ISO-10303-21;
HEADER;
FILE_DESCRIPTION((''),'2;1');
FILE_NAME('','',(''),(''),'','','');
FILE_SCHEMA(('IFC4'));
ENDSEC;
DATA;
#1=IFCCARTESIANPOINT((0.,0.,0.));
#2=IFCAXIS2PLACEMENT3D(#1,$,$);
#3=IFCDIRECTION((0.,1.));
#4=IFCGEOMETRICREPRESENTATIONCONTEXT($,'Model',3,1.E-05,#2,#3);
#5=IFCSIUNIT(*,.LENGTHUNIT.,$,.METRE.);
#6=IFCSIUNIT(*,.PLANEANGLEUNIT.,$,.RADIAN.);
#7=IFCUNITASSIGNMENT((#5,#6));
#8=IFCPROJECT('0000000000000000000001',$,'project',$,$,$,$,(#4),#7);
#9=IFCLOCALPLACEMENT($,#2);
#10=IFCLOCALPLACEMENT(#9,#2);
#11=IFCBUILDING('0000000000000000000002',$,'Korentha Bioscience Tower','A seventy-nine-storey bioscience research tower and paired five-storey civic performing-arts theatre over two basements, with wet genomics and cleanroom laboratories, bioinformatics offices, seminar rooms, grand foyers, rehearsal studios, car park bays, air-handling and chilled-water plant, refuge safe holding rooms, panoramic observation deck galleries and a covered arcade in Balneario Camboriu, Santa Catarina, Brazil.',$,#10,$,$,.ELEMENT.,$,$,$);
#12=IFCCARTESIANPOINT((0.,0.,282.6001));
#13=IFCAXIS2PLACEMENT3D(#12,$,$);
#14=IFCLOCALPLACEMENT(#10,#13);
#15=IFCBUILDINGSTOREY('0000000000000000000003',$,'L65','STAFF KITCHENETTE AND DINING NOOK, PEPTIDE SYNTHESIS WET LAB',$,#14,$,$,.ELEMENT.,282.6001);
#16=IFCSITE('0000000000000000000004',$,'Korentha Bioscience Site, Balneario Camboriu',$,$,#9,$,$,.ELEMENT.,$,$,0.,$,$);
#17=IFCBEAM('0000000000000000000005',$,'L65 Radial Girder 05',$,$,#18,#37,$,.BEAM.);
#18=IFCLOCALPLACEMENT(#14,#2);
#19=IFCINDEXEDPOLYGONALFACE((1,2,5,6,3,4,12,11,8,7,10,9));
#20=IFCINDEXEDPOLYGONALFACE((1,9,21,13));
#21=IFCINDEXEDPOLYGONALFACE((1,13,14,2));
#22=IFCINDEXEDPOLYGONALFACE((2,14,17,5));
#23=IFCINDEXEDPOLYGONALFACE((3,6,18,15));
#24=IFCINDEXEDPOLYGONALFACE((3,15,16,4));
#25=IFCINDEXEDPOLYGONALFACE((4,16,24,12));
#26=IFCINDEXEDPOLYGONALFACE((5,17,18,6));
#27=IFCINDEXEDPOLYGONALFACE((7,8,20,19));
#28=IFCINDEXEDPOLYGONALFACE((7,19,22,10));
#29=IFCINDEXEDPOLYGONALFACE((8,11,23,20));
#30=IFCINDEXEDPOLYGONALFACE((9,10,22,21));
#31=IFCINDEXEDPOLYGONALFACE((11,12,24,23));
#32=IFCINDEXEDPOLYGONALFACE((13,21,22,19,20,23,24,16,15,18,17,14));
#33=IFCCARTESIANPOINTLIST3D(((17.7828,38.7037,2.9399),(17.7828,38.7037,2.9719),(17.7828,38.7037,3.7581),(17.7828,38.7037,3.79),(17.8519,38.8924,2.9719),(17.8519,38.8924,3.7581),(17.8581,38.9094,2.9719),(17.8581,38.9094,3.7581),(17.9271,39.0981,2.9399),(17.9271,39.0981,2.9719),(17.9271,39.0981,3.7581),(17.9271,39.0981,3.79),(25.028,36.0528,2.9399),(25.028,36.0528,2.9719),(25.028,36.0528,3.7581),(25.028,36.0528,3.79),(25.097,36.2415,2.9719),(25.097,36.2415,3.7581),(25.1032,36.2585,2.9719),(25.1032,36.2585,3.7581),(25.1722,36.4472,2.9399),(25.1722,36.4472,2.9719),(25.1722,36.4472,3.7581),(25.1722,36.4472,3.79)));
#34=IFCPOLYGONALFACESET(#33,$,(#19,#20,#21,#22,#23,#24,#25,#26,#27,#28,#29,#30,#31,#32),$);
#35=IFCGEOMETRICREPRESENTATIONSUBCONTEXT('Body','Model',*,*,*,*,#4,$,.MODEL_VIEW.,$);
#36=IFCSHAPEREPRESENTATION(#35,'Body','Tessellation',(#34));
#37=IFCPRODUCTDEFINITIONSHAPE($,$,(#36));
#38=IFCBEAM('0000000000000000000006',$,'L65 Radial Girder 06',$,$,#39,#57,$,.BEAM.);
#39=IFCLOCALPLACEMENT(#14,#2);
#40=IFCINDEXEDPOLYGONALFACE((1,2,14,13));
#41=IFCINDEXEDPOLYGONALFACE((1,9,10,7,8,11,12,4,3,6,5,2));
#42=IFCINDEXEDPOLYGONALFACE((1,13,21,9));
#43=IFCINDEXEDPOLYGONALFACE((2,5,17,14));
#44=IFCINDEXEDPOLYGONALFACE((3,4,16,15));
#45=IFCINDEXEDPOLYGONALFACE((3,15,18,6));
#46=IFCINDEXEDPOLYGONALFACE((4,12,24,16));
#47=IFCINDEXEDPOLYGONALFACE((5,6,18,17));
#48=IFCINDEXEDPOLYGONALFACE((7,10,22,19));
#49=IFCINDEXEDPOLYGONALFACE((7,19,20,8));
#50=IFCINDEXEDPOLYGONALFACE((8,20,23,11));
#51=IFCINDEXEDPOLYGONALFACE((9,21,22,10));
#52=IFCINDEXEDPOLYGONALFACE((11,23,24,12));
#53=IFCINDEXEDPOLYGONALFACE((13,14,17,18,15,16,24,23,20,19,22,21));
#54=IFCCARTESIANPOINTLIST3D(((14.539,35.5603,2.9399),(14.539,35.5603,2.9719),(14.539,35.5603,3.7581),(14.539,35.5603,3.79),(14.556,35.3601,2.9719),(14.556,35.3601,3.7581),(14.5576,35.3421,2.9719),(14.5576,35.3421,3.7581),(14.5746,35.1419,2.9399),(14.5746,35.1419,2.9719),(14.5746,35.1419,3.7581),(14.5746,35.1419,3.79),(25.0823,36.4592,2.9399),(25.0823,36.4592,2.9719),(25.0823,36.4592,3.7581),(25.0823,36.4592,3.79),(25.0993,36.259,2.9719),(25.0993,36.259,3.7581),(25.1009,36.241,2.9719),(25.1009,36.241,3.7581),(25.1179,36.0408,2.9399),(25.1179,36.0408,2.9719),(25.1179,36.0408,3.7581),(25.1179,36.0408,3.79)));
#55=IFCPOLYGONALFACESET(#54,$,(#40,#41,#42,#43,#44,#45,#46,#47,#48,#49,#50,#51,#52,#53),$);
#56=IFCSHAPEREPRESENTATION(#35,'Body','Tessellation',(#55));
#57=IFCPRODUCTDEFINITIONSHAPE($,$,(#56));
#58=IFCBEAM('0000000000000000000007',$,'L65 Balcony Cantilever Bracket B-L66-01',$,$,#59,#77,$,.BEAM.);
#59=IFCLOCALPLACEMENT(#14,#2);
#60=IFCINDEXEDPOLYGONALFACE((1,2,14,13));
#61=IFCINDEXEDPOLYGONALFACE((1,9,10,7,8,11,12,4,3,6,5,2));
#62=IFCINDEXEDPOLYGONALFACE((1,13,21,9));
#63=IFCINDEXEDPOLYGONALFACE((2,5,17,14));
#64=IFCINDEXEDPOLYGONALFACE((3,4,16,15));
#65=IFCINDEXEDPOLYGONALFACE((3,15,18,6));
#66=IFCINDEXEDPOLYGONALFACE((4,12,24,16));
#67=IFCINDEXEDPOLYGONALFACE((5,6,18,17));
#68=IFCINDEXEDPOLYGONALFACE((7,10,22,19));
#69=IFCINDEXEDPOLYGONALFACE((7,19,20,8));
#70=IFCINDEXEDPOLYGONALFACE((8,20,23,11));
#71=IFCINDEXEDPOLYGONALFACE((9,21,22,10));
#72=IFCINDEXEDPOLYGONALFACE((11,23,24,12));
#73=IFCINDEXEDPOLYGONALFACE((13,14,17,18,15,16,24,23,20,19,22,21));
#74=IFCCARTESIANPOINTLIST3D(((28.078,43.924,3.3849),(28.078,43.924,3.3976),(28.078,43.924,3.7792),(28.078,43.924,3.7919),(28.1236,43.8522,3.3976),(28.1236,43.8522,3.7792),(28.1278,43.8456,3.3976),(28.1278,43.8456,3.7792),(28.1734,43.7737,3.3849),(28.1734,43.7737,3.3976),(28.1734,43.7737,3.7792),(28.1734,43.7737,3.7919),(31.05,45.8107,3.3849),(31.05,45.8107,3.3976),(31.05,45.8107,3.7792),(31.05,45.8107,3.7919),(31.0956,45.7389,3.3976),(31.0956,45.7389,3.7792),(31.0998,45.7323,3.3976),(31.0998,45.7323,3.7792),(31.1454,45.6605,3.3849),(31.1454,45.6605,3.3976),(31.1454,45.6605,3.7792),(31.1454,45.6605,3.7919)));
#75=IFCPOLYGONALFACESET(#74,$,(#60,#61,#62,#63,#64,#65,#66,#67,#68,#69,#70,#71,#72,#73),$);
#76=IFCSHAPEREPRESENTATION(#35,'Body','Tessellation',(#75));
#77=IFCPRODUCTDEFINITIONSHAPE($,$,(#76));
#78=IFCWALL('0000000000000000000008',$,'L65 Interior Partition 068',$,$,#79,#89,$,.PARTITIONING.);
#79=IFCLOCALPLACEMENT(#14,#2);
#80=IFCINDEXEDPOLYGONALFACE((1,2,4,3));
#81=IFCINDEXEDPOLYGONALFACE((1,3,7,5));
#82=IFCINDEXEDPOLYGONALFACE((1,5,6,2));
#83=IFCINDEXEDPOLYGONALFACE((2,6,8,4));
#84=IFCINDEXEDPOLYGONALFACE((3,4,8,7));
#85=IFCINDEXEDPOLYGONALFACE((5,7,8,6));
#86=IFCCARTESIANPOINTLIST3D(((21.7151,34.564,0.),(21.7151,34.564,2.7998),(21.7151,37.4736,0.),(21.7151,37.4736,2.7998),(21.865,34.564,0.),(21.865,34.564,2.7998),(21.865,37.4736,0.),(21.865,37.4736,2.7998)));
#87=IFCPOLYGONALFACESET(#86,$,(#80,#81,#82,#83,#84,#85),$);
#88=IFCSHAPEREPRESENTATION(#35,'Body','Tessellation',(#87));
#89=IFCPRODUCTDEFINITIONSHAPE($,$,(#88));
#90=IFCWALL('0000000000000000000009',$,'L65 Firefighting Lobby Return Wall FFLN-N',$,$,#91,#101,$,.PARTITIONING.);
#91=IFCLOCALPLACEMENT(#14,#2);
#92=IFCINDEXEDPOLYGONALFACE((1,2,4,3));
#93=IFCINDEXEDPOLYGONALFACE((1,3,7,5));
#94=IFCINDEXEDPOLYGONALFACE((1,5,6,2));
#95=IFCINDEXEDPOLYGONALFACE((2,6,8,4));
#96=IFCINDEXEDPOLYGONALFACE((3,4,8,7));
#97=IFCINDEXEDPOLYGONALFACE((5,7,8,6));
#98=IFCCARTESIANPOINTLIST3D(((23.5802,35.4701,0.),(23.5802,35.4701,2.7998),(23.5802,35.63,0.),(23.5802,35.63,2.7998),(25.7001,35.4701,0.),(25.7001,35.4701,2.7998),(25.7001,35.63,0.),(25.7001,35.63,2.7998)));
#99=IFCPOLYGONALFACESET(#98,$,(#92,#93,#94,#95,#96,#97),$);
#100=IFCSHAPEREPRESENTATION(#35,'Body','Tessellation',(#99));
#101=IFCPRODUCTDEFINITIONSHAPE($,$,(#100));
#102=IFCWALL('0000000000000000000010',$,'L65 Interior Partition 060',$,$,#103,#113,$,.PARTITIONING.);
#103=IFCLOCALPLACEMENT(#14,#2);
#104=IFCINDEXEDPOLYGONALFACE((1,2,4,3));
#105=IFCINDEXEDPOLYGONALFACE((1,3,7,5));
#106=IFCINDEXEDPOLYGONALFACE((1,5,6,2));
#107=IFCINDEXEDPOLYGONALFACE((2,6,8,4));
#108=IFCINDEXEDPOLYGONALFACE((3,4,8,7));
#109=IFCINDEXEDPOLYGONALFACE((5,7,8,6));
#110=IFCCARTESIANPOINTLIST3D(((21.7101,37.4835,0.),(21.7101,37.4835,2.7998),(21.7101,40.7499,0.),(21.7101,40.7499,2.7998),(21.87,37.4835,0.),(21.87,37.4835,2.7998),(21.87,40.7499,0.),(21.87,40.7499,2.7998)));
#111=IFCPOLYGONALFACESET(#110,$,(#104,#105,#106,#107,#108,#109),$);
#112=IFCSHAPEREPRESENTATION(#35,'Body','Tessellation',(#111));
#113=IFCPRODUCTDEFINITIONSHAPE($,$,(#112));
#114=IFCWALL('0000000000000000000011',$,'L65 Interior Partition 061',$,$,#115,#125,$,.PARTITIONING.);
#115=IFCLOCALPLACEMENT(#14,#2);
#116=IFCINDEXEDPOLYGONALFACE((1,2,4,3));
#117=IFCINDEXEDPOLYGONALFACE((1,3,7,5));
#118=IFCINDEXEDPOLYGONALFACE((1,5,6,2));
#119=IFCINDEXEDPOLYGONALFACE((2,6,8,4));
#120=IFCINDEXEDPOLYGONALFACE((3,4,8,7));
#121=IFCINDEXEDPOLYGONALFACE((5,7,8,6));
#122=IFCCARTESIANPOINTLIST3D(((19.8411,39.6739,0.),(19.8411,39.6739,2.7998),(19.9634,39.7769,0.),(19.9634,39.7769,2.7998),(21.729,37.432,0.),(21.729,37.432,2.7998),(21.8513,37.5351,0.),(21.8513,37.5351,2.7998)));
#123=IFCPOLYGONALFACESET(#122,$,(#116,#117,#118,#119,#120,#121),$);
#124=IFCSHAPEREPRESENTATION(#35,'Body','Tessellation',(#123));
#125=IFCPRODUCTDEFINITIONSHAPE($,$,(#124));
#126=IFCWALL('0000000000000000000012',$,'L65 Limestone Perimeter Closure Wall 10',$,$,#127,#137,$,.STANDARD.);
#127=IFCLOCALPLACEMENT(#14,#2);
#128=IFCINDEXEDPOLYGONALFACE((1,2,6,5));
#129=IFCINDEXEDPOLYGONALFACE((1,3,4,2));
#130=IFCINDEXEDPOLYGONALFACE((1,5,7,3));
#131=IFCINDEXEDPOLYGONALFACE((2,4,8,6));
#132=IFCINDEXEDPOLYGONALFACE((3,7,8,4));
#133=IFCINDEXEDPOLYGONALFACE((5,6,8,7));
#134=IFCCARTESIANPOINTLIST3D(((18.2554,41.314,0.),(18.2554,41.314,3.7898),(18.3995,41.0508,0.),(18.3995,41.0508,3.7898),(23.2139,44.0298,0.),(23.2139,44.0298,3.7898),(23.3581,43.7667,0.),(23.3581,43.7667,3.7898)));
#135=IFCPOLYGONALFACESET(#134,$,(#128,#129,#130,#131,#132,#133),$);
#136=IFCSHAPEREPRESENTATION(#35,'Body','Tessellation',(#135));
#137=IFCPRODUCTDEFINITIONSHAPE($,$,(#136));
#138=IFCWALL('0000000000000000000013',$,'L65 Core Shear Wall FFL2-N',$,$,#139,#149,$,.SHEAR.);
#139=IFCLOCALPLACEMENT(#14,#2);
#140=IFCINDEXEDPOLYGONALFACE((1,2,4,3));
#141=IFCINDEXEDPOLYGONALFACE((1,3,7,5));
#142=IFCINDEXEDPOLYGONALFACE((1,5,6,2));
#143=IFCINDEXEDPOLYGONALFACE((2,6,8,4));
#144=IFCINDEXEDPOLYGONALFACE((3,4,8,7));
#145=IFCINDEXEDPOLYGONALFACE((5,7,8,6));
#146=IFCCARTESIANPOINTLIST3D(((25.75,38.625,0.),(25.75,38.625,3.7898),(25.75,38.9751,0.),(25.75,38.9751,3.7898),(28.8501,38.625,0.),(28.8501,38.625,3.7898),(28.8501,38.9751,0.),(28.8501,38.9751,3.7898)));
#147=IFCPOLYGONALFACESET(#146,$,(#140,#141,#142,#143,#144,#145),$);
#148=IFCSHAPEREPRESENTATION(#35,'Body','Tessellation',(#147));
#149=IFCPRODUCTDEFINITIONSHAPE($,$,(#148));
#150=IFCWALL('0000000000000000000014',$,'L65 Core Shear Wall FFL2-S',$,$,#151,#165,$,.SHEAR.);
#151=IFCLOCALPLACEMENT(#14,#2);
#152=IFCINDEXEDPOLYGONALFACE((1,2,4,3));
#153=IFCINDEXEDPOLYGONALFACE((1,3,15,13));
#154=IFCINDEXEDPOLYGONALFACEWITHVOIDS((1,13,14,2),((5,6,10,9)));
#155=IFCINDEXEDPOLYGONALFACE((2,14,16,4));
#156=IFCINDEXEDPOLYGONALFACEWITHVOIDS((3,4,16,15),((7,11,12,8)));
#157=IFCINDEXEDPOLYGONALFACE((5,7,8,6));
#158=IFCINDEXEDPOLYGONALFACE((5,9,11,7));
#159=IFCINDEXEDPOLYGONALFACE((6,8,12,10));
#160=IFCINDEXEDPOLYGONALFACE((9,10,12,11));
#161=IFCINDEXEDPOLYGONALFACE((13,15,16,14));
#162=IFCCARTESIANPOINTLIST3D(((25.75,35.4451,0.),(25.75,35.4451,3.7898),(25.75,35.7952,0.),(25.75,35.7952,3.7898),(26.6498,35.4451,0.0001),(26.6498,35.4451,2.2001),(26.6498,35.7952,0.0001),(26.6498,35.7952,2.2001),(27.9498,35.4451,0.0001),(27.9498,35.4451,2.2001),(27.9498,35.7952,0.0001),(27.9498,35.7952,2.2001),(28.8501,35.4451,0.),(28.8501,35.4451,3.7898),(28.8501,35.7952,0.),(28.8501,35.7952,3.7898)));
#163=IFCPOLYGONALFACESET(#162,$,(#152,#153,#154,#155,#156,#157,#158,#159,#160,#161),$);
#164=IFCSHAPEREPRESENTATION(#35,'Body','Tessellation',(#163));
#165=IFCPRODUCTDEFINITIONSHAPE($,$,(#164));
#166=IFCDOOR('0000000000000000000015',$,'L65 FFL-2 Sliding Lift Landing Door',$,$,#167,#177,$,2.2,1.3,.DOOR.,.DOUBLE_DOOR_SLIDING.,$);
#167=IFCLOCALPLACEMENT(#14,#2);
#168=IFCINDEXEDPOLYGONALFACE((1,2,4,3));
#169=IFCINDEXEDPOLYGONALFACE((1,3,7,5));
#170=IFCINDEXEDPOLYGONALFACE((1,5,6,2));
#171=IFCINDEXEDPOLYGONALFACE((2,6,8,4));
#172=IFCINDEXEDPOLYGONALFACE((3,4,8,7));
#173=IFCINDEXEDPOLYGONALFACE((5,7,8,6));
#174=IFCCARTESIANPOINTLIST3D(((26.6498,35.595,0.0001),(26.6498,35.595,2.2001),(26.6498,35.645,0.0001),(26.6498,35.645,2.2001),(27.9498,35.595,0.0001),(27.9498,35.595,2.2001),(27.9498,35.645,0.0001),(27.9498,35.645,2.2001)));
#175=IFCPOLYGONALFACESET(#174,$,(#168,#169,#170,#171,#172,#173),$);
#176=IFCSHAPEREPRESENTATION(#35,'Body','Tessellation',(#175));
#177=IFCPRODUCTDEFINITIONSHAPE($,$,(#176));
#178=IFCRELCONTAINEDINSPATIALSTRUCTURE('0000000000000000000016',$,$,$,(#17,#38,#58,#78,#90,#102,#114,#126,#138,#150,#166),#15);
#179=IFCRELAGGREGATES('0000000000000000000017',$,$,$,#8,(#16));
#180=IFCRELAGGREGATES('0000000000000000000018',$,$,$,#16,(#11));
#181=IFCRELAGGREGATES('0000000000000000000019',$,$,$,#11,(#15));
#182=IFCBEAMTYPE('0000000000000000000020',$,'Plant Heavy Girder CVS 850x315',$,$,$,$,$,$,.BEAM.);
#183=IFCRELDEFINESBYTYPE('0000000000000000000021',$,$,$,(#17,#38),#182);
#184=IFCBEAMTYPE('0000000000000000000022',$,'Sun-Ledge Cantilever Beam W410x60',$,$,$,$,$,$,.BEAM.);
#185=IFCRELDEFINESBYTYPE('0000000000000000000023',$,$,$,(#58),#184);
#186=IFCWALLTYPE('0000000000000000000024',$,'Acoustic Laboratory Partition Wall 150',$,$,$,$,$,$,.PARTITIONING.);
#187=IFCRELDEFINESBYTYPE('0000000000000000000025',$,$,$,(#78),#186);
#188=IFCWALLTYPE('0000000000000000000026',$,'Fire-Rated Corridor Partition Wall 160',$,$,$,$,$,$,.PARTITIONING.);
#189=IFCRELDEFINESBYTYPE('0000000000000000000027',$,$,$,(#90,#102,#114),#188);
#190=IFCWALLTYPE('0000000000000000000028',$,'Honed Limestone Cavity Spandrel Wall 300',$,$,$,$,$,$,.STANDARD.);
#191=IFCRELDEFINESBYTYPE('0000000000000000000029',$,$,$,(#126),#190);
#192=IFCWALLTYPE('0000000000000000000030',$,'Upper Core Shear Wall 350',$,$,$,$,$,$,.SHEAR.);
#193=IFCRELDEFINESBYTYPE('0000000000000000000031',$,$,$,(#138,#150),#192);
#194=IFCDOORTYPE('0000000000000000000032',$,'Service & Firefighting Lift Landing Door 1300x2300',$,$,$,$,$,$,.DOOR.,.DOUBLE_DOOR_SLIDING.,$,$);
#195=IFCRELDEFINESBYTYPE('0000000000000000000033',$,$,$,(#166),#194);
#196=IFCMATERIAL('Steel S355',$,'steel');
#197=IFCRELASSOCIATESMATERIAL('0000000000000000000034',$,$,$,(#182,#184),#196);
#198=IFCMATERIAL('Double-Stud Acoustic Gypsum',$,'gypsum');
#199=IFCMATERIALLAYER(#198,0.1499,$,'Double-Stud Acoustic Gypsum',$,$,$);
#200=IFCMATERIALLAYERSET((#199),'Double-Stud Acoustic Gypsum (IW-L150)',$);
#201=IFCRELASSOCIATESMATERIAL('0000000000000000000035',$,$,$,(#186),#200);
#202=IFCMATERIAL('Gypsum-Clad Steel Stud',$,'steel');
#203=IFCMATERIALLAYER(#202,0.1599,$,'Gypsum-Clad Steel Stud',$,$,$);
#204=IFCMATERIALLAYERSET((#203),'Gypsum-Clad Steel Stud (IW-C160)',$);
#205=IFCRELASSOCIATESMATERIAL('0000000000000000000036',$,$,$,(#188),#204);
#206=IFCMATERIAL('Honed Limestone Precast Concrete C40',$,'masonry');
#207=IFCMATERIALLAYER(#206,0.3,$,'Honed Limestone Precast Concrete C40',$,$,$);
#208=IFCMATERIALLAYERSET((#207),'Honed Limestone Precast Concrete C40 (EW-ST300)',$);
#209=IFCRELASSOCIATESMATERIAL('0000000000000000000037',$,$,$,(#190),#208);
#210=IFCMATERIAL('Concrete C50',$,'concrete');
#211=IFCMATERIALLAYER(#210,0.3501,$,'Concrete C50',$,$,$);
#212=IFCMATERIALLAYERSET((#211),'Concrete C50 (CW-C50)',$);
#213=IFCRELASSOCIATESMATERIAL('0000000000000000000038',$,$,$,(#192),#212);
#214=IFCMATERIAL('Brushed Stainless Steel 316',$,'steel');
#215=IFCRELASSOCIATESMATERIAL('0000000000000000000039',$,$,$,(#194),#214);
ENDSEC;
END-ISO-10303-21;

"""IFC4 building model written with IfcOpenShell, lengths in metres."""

from ifc_helpers import new_model, si_unit, direction, frame, frame_2d, origin, origin_2d, place, context, subcontext, project, spatial, rectangle, i_section, extrude, material, layer, layer_set, material_profile, profile_set, type_object, element, fill, save


model = new_model("IFC4")

# Units and contexts
model_context = context("Model", 3, precision=1e-05, world=origin(), true_north=direction((0.0, 1.0)))
body_context = subcontext(model_context, "Body", "Model", "MODEL_VIEW")
ifc_project = project(units=[si_unit("LENGTHUNIT", "METRE"), si_unit("PLANEANGLEUNIT", "RADIAN")], contexts=[model_context])

# Site, building, storey
site_placement = place(None, origin())
site = spatial("IfcSite", under=ifc_project, at=site_placement, Name="Korentha Bioscience Site, Balneario Camboriu", CompositionType="ELEMENT", RefElevation=0.0)
building_placement = place(site_placement, origin())
building = spatial("IfcBuilding", under=site, at=building_placement, Name="Korentha Bioscience Tower", Description="A seventy-nine-storey bioscience research tower and paired five-storey civic performing-arts theatre over two basements, with wet genomics and cleanroom laboratories, bioinformatics offices, seminar rooms, grand foyers, rehearsal studios, car park bays, air-handling and chilled-water plant, refuge safe holding rooms, panoramic observation deck galleries and a covered arcade in Balneario Camboriu, Santa Catarina, Brazil.", CompositionType="ELEMENT")
storey_placement = place(building_placement, frame((0.0, 0.0, 282.6001)))
storey = spatial("IfcBuildingStorey", under=building, at=storey_placement, Name="L65", Description="STAFF KITCHENETTE AND DINING NOOK, PEPTIDE SYNTHESIS WET LAB", CompositionType="ELEMENT", Elevation=282.6001)

# Shared definitions
ifc_material_1 = material(Name="Concrete C50", Category="concrete")

# Shared definitions
ifc_material_2 = material(Name="Steel S355", Category="steel")

# Beams
ifc_material_profile_1 = material_profile(ifc_material_2, i_section(OverallWidth=0.4199, OverallDepth=0.8501, WebThickness=0.0181, FlangeThickness=0.032, at=origin_2d()), Name="Steel S355")
ifc_profile_set_1 = profile_set([ifc_material_profile_1], Name="Steel S355 (MB-850)")
beam_type_1 = type_object("IfcBeamType", Name="Plant Heavy Girder CVS 850x315", PredefinedType="BEAM", material=ifc_profile_set_1)
beam_1_placement = place(storey_placement, frame((25.1001, 36.25, 3.365), z_axis=(-0.939113, 0.343607, 0.0), x_axis=(-0.343607, -0.939113, 0.0)))
element("IfcBeam", 1, at=beam_1_placement, inside=storey, type_object=beam_type_1, Name="L65 Radial Girder 05", PredefinedType="BEAM", context=body_context, shape_type="SweptSolid", body=[
    extrude(i_section(OverallWidth=0.4199, OverallDepth=0.8501, WebThickness=0.0181, FlangeThickness=0.032, at=origin_2d()), origin(), (0.0, 0.0, 1.0), 7.7148),
])
beam_2_placement = place(storey_placement, frame((25.1001, 36.25, 3.365), z_axis=(-0.996385, -0.084953, 0.0), x_axis=(0.084953, -0.996385, 0.0)))
element("IfcBeam", 2, at=beam_2_placement, inside=storey, type_object=beam_type_1, Name="L65 Radial Girder 06", PredefinedType="BEAM", context=body_context, shape_type="SweptSolid", body=[
    extrude(i_section(OverallWidth=0.4199, OverallDepth=0.8501, WebThickness=0.0181, FlangeThickness=0.032, at=origin_2d()), origin(), (0.0, 0.0, 1.0), 10.5815),
])
ifc_material_profile_2 = material_profile(ifc_material_2, i_section(OverallWidth=0.178, OverallDepth=0.407, WebThickness=0.0078, FlangeThickness=0.0127, at=origin_2d()), Name="Steel S355")
ifc_profile_set_2 = profile_set([ifc_material_profile_2], Name="Steel S355 (CB-410)")
beam_type_2 = type_object("IfcBeamType", Name="Sun-Ledge Cantilever Beam W410x60", PredefinedType="BEAM", material=ifc_profile_set_2)
beam_3_placement = place(storey_placement, frame((28.1257, 43.8489, 3.5884), z_axis=(0.844241, 0.535964, 0.0), x_axis=(-0.535964, 0.844241, 0.0)))
element("IfcBeam", 3, at=beam_3_placement, inside=storey, type_object=beam_type_2, Name="L65 Balcony Cantilever Bracket B-L66-01", PredefinedType="BEAM", context=body_context, shape_type="SweptSolid", body=[
    extrude(i_section(OverallWidth=0.178, OverallDepth=0.407, WebThickness=0.0078, FlangeThickness=0.0127, at=origin_2d()), origin(), (0.0, 0.0, 1.0), 3.5203),
])

# Walls
ifc_material_3 = material(Name="Double-Stud Acoustic Gypsum", Category="gypsum")
ifc_layer_1 = layer(ifc_material_3, 0.1499, Name="Double-Stud Acoustic Gypsum")
ifc_layer_set_1 = layer_set([ifc_layer_1], Name="Double-Stud Acoustic Gypsum (IW-L150)")
wall_type_1 = type_object("IfcWallType", Name="Acoustic Laboratory Partition Wall 150", PredefinedType="PARTITIONING", material=ifc_layer_set_1)
wall_1_placement = place(storey_placement, frame((21.79, 37.4736, 0.0), z_axis=(0.0, 0.0, 1.0), x_axis=(0.0, -1.0, 0.0)))
element("IfcWall", 4, at=wall_1_placement, inside=storey, type_object=wall_type_1, Name="L65 Interior Partition 068", PredefinedType="PARTITIONING", context=body_context, shape_type="SweptSolid", body=[
    extrude(rectangle(XDim=2.9097, YDim=0.1499, at=frame_2d((1.4548, 0.0))), origin(), (0.0, 0.0, 1.0), 2.7998),
])
ifc_material_4 = material(Name="Gypsum-Clad Steel Stud", Category="steel")
ifc_layer_2 = layer(ifc_material_4, 0.1599, Name="Gypsum-Clad Steel Stud")
ifc_layer_set_2 = layer_set([ifc_layer_2], Name="Gypsum-Clad Steel Stud (IW-C160)")
wall_type_2 = type_object("IfcWallType", Name="Fire-Rated Corridor Partition Wall 160", PredefinedType="PARTITIONING", material=ifc_layer_set_2)
wall_2_placement = place(storey_placement, frame((23.5801, 35.55, 0.0), z_axis=(0.0, 0.0, 1.0), x_axis=(1.0, 0.0, 0.0)))
element("IfcWall", 5, at=wall_2_placement, inside=storey, type_object=wall_type_2, Name="L65 Firefighting Lobby Return Wall FFLN-N", PredefinedType="PARTITIONING", context=body_context, shape_type="SweptSolid", body=[
    extrude(rectangle(XDim=2.1199, YDim=0.1599, at=frame_2d((1.0601, 0.0))), origin(), (0.0, 0.0, 1.0), 2.7998),
])
wall_3_placement = place(storey_placement, frame((21.79, 40.75, 0.0), z_axis=(0.0, 0.0, 1.0), x_axis=(0.0, -1.0, 0.0)))
element("IfcWall", 6, at=wall_3_placement, inside=storey, type_object=wall_type_2, Name="L65 Interior Partition 060", PredefinedType="PARTITIONING", context=body_context, shape_type="SweptSolid", body=[
    extrude(rectangle(XDim=3.2664, YDim=0.1599, at=frame_2d((1.6333, 0.0))), origin(), (0.0, 0.0, 1.0), 2.7998),
])
wall_4_placement = place(storey_placement, frame((21.79, 37.4836, 0.0), z_axis=(0.0, 0.0, 1.0), x_axis=(-0.644133, 0.764913, 0.0)))
element("IfcWall", 7, at=wall_4_placement, inside=storey, type_object=wall_type_2, Name="L65 Interior Partition 061", PredefinedType="PARTITIONING", context=body_context, shape_type="SweptSolid", body=[
    extrude(rectangle(XDim=2.9309, YDim=0.1599, at=frame_2d((1.4653, 0.0))), origin(), (0.0, 0.0, 1.0), 2.7998),
])
ifc_material_5 = material(Name="Honed Limestone Precast Concrete C40", Category="masonry")
ifc_layer_3 = layer(ifc_material_5, 0.3, Name="Honed Limestone Precast Concrete C40")
ifc_layer_set_3 = layer_set([ifc_layer_3], Name="Honed Limestone Precast Concrete C40 (EW-ST300)")
wall_type_3 = type_object("IfcWallType", Name="Honed Limestone Cavity Spandrel Wall 300", PredefinedType="STANDARD", material=ifc_layer_set_3)
wall_5_placement = place(storey_placement, frame((23.2859, 43.8982, 0.0), z_axis=(0.0, 0.0, 1.0), x_axis=(-0.877062, -0.480376, 0.0)))
element("IfcWall", 8, at=wall_5_placement, inside=storey, type_object=wall_type_3, Name="L65 Limestone Perimeter Closure Wall 10", PredefinedType="STANDARD", context=body_context, shape_type="SweptSolid", body=[
    extrude(rectangle(XDim=5.6536, YDim=0.3, at=frame_2d((2.8267, 0.0))), origin(), (0.0, 0.0, 1.0), 3.7898),
])
ifc_layer_4 = layer(ifc_material_1, 0.3501, Name="Concrete C50")
ifc_layer_set_4 = layer_set([ifc_layer_4], Name="Concrete C50 (CW-C50)")
wall_type_4 = type_object("IfcWallType", Name="Upper Core Shear Wall 350", PredefinedType="SHEAR", material=ifc_layer_set_4)
wall_6_placement = place(storey_placement, frame((25.75, 38.8, 0.0), z_axis=(0.0, 0.0, 1.0), x_axis=(1.0, 0.0, 0.0)))
element("IfcWall", 9, at=wall_6_placement, inside=storey, type_object=wall_type_4, Name="L65 Core Shear Wall FFL2-N", PredefinedType="SHEAR", context=body_context, shape_type="SweptSolid", body=[
    extrude(rectangle(XDim=3.1001, YDim=0.3501, at=frame_2d((1.55, 0.0))), origin(), (0.0, 0.0, 1.0), 3.7898),
])

# Wall, opening, door
wall_7_placement = place(storey_placement, frame((25.75, 35.6201, 0.0), z_axis=(0.0, 0.0, 1.0), x_axis=(1.0, 0.0, 0.0)))
wall_7 = element("IfcWall", 10, at=wall_7_placement, inside=storey, type_object=wall_type_4, Name="L65 Core Shear Wall FFL2-S", PredefinedType="SHEAR", context=body_context, shape_type="SweptSolid", body=[
    extrude(rectangle(XDim=3.1001, YDim=0.3501, at=frame_2d((1.55, 0.0))), origin(), (0.0, 0.0, 1.0), 3.7898),
])
opening_placement = place(wall_7_placement, frame((0.8999, 0.0, 0.0)))
opening = element("IfcOpeningElement", 11, at=opening_placement, cuts=wall_7, PredefinedType="OPENING", context=body_context, shape_type="SweptSolid", body=[
    extrude(rectangle(XDim=1.3, YDim=2.2, at=frame_2d((0.6499, 1.1001))), frame((0.0, 0.1899, 0.0), z_axis=(0.0, -1.0, 0.0), x_axis=(1.0, 0.0, 0.0)), (0.0, 0.0, 1.0), 0.3799),
])
ifc_material_6 = material(Name="Brushed Stainless Steel 316", Category="steel")
door_type = type_object("IfcDoorType", Name="Service & Firefighting Lift Landing Door 1300x2300", OperationType="DOUBLE_DOOR_SLIDING", PredefinedType="DOOR", material=ifc_material_6)
door_placement = place(opening_placement, origin())
door = element("IfcDoor", 12, at=door_placement, inside=storey, type_object=door_type, Name="L65 FFL-2 Sliding Lift Landing Door", OperationType="DOUBLE_DOOR_SLIDING", OverallHeight=2.2, OverallWidth=1.3, PredefinedType="DOOR", context=body_context, shape_type="SweptSolid", body=[
    extrude(rectangle(XDim=1.3, YDim=2.2, at=frame_2d((0.6499, 1.1001))), frame((0.0, 0.0249, 0.0), z_axis=(0.0, -1.0, 0.0), x_axis=(1.0, 0.0, 0.0)), (0.0, 0.0, 1.0), 0.05),
])
fill(opening, door)

save(model, "model.ifc")
